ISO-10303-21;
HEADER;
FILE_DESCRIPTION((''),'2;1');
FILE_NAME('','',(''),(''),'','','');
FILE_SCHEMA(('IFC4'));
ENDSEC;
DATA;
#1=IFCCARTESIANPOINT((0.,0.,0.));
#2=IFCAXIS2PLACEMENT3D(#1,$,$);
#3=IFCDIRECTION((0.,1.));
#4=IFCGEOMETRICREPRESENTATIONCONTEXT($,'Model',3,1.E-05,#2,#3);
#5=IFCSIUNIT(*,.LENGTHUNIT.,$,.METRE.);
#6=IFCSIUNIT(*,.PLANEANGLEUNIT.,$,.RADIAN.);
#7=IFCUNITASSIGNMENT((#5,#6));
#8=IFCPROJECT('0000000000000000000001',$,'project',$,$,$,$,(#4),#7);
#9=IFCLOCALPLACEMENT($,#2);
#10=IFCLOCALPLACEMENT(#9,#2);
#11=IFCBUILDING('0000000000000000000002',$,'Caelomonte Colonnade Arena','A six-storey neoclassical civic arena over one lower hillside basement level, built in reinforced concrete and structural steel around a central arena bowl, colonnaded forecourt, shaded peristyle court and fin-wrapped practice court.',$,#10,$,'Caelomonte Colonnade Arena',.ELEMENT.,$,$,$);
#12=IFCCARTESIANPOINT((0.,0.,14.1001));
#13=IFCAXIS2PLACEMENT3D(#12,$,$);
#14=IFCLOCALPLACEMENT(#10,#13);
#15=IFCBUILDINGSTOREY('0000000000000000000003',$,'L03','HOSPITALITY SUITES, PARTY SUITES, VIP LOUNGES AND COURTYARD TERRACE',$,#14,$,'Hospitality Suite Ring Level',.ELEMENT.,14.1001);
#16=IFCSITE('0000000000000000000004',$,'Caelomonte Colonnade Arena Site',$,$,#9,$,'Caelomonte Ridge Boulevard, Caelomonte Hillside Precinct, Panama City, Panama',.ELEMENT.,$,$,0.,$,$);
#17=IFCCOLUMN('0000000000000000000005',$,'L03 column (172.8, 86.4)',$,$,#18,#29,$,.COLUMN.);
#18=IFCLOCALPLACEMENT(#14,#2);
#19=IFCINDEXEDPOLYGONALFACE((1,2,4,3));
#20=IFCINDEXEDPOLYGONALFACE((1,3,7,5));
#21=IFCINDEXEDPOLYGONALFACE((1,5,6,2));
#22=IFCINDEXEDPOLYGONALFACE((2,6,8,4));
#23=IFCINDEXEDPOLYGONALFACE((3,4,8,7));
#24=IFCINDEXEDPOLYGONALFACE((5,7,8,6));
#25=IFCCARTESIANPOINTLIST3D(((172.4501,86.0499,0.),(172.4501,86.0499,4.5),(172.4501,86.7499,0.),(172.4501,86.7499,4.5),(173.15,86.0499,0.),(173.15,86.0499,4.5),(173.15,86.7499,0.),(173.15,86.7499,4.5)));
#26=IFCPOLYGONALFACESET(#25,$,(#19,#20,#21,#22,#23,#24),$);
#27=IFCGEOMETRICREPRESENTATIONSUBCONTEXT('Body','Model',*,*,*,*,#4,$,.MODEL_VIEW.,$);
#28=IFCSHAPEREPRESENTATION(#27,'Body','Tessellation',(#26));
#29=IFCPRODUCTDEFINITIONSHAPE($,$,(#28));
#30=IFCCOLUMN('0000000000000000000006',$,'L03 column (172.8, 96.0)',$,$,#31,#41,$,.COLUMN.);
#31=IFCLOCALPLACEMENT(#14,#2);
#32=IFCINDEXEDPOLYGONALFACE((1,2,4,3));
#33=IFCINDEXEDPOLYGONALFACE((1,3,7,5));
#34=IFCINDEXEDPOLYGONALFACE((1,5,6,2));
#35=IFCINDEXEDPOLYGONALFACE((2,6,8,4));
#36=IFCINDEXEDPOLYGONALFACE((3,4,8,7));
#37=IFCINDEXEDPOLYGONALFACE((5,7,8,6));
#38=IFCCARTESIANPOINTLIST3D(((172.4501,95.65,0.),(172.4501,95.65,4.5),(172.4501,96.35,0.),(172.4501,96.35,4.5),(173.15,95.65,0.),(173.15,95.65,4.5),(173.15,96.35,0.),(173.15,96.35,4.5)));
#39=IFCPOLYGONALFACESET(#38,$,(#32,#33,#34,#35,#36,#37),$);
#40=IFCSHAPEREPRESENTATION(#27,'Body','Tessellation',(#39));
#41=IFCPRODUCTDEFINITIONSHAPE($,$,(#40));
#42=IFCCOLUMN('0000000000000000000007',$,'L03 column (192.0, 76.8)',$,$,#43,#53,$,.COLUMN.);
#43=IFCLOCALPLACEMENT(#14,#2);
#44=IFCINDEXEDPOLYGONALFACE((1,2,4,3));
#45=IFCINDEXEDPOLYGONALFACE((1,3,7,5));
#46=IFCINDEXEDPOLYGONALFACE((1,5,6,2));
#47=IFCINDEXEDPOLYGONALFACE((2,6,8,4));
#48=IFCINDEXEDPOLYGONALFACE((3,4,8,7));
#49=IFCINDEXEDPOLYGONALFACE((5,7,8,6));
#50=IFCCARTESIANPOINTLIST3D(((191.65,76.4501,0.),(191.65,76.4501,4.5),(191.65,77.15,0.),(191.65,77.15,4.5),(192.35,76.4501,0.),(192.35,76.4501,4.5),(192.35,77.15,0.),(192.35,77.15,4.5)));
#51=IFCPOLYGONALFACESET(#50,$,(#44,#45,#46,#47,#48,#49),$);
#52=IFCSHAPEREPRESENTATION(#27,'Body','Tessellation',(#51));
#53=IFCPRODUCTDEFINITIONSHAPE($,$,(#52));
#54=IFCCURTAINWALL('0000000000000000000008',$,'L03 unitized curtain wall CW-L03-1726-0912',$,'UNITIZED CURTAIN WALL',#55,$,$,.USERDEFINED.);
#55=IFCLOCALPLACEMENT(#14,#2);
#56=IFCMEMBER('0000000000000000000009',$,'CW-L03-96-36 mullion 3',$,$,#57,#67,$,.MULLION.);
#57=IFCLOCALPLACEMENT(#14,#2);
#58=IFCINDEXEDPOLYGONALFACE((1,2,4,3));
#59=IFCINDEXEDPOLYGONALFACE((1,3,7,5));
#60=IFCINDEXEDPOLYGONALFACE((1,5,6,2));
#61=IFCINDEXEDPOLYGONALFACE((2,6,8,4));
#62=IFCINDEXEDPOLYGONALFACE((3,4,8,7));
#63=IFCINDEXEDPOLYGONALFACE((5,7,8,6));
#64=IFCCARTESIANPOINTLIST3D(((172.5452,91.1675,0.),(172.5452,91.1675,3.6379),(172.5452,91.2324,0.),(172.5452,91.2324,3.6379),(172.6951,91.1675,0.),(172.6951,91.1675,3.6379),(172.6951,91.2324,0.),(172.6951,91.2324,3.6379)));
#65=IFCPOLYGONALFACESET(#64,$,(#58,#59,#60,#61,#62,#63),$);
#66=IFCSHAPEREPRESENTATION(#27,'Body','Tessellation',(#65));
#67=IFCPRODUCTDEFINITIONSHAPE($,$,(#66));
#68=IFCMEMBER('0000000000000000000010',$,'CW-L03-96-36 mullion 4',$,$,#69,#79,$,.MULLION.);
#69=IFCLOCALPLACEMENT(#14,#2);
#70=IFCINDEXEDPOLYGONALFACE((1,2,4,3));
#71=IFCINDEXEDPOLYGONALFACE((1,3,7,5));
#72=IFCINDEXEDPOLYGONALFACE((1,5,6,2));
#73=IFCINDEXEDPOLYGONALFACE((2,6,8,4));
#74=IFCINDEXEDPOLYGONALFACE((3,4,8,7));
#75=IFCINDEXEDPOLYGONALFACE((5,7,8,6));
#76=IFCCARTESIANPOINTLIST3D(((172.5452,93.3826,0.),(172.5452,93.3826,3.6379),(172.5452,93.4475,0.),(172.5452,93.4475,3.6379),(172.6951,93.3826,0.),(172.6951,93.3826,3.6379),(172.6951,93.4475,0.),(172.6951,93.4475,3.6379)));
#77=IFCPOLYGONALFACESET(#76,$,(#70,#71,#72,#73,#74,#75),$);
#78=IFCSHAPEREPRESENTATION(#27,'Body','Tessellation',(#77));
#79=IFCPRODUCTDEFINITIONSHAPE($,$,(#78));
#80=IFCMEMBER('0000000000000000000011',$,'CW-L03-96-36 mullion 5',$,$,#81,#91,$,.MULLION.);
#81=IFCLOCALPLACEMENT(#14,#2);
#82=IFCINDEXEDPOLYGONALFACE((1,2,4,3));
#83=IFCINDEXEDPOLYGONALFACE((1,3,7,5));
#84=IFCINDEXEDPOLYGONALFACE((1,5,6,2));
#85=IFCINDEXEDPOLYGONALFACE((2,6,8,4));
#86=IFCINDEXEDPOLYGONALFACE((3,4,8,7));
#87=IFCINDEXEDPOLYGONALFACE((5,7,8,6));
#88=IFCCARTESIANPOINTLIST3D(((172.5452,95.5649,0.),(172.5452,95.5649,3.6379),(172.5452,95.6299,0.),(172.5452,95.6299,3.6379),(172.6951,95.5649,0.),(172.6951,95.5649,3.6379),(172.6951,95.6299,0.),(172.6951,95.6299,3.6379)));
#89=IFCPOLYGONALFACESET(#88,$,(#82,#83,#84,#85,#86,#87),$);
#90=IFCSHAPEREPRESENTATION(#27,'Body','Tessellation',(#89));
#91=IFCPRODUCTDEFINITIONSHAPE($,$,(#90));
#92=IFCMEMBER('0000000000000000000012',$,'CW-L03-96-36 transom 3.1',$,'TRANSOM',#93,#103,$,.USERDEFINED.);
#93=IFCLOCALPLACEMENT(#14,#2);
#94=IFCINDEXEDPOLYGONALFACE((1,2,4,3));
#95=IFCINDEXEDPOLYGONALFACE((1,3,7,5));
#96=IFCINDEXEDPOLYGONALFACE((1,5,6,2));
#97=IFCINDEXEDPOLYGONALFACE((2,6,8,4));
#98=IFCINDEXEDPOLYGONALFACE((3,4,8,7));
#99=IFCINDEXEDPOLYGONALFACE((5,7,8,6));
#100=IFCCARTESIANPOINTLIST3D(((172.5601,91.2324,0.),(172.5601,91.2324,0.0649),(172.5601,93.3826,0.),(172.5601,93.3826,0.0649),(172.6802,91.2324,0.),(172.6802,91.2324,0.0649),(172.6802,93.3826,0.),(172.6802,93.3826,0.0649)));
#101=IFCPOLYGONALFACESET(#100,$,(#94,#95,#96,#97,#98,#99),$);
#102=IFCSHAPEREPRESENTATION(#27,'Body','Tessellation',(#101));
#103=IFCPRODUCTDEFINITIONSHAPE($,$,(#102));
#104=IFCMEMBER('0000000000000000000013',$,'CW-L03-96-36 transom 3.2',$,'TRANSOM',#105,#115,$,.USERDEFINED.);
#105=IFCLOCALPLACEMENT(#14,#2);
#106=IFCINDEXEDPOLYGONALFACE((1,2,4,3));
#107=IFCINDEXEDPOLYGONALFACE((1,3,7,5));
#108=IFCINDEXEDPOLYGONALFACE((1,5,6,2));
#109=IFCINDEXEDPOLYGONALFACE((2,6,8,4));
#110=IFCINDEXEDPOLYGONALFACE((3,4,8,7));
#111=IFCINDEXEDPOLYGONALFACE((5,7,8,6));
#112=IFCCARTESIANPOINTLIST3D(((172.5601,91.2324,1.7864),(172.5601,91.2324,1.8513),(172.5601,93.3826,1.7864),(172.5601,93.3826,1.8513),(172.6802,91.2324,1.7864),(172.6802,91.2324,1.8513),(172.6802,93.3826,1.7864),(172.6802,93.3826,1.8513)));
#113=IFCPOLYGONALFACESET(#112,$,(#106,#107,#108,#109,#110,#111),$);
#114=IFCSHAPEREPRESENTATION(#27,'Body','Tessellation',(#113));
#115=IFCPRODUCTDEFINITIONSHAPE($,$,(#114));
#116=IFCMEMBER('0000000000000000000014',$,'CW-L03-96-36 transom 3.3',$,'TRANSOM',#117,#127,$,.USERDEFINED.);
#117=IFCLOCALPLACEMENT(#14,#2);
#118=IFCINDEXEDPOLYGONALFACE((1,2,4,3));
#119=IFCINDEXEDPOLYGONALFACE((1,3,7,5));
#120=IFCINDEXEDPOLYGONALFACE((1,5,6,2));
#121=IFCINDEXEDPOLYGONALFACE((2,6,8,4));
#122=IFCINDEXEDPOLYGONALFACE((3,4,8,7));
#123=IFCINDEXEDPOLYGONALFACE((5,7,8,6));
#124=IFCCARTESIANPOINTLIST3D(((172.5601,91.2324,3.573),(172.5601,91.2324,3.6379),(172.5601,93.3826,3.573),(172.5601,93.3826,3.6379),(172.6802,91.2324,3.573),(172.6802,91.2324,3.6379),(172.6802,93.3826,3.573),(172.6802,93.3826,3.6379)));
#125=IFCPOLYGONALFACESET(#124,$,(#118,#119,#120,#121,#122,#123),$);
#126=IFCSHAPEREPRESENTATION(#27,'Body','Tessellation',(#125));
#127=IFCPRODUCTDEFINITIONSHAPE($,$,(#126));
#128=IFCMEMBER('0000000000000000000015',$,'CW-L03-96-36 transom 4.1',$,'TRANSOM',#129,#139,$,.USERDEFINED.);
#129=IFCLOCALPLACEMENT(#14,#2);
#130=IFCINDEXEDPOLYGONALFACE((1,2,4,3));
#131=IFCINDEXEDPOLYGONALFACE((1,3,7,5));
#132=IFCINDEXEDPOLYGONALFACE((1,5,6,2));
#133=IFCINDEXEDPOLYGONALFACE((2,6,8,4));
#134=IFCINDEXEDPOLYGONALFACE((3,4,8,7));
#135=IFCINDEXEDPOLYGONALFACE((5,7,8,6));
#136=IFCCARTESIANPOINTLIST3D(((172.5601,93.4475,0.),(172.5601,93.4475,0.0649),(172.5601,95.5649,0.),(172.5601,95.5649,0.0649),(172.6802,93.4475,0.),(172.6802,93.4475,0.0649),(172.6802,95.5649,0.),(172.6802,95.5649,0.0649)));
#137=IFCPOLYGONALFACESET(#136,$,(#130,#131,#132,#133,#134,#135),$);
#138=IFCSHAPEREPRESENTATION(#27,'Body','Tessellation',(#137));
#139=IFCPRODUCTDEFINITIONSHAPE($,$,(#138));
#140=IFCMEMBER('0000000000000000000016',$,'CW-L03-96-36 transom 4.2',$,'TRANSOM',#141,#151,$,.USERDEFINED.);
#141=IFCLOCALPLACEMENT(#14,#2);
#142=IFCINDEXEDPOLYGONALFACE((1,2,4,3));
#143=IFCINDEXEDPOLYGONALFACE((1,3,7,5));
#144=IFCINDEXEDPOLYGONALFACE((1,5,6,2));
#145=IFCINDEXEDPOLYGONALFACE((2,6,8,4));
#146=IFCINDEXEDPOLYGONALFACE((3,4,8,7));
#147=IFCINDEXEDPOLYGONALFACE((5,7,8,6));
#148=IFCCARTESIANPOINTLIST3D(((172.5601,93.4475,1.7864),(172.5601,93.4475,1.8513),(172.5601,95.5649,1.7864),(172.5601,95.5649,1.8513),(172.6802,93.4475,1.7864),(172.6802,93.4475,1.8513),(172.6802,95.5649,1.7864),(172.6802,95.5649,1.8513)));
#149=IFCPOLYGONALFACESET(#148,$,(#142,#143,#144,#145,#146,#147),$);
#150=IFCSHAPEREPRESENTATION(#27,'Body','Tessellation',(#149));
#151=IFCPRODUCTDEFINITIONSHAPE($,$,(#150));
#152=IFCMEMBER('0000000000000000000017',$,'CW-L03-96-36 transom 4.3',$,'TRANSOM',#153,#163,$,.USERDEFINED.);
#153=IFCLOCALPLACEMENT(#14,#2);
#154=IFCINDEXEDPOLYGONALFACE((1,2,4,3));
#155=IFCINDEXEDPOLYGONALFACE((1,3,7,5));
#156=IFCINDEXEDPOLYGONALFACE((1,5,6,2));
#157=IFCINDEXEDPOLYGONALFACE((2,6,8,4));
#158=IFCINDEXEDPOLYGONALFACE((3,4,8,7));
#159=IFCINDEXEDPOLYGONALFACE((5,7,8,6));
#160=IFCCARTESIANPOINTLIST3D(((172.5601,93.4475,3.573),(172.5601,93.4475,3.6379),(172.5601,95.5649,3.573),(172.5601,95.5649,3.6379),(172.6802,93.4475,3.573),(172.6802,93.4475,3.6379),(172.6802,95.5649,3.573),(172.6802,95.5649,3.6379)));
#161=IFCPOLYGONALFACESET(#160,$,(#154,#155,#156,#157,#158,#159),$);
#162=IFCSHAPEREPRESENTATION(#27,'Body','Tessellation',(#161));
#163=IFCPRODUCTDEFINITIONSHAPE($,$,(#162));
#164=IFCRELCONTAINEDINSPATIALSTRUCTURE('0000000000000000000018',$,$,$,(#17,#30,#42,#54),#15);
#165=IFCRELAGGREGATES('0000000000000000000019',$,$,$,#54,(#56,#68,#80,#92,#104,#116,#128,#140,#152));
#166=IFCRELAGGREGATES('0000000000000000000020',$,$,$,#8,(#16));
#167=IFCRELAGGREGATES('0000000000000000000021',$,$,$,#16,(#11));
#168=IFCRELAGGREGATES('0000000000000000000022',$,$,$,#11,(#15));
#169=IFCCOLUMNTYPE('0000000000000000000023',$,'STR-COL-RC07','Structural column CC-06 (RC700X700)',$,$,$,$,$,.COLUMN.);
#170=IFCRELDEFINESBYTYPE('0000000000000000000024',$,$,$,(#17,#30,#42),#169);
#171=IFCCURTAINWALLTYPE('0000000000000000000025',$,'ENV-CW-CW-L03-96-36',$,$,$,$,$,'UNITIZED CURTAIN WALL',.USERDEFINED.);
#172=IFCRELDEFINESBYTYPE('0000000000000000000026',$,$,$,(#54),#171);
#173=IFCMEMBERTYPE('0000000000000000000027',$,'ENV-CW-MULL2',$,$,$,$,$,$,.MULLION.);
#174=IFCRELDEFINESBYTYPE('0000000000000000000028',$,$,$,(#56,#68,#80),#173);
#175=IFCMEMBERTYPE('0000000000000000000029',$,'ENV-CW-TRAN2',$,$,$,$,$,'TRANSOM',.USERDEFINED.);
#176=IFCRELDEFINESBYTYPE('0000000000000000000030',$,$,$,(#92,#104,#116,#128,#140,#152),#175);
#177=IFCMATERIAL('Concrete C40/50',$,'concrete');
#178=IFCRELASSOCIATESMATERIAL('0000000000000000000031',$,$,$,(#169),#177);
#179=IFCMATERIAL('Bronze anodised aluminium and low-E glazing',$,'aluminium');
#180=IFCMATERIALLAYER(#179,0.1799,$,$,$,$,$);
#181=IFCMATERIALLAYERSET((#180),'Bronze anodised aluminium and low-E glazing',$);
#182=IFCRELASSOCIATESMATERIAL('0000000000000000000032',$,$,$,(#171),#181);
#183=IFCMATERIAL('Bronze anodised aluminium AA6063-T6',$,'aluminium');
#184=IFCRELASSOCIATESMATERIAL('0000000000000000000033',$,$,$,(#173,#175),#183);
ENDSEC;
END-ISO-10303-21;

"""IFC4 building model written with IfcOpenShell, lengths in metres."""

from ifc_helpers import new_model, si_unit, direction, frame, origin, origin_2d, place, context, subcontext, project, spatial, rectangle, extrude, material, layer, layer_set, material_profile, profile_set, type_object, element, aggregate, save


model = new_model("IFC4")

# Units and contexts
model_context = context("Model", 3, precision=1e-05, world=origin(), true_north=direction((0.0, 1.0)))
body_context = subcontext(model_context, "Body", "Model", "MODEL_VIEW")
ifc_project = project(units=[si_unit("LENGTHUNIT", "METRE"), si_unit("PLANEANGLEUNIT", "RADIAN")], contexts=[model_context])

# Site, building, storey
site_placement = place(None, origin())
site = spatial("IfcSite", under=ifc_project, at=site_placement, Name="Caelomonte Colonnade Arena Site", LongName="Caelomonte Ridge Boulevard, Caelomonte Hillside Precinct, Panama City, Panama", CompositionType="ELEMENT", RefElevation=0.0)
building_placement = place(site_placement, origin())
building = spatial("IfcBuilding", under=site, at=building_placement, Name="Caelomonte Colonnade Arena", Description="A six-storey neoclassical civic arena over one lower hillside basement level, built in reinforced concrete and structural steel around a central arena bowl, colonnaded forecourt, shaded peristyle court and fin-wrapped practice court.", LongName="Caelomonte Colonnade Arena", CompositionType="ELEMENT")
storey_placement = place(building_placement, frame((0.0, 0.0, 14.1001)))
storey = spatial("IfcBuildingStorey", under=building, at=storey_placement, Name="L03", Description="HOSPITALITY SUITES, PARTY SUITES, VIP LOUNGES AND COURTYARD TERRACE", LongName="Hospitality Suite Ring Level", CompositionType="ELEMENT", Elevation=14.1001)

# Columns
ifc_material_1 = material(Name="Concrete C40/50", Category="concrete")
ifc_material_profile_1 = material_profile(ifc_material_1, rectangle(XDim=0.7, YDim=0.7, at=origin_2d()), Name="RC700X700")
ifc_profile_set_1 = profile_set([ifc_material_profile_1], Name="Concrete C40/50")
column_type = type_object("IfcColumnType", Name="STR-COL-RC07", Description="Structural column CC-06 (RC700X700)", PredefinedType="COLUMN", material=ifc_profile_set_1)
for number, where, z_axis, x_axis, name in (
    (1, (172.8, 86.3999, 0.0), (0.0, 0.0, 1.0), (1.0, 0.0, 0.0), "L03 column (172.8, 86.4)"),
    (2, (172.8, 96.0, 0.0), (0.0, 0.0, 1.0), (1.0, 0.0, 0.0), "L03 column (172.8, 96.0)"),
    (3, (192.0, 76.8, 0.0), (0.0, 0.0, 1.0), (1.0, 0.0, 0.0), "L03 column (192.0, 76.8)"),
):
    element("IfcColumn", number, at=place(storey_placement, frame(where, z_axis=z_axis, x_axis=x_axis)), inside=storey, type_object=column_type, Name=name, PredefinedType="COLUMN", context=body_context, shape_type="SweptSolid", body=[
        extrude(rectangle(XDim=0.7, YDim=0.7, at=origin_2d()), origin(), (0.0, 0.0, 1.0), 4.5),
    ])

# Curtain wall, members
ifc_material_2 = material(Name="Bronze anodised aluminium and low-E glazing", Category="aluminium")
ifc_layer_1 = layer(ifc_material_2, 0.1799)
ifc_layer_set_1 = layer_set([ifc_layer_1], Name="Bronze anodised aluminium and low-E glazing")
curtain_wall_type = type_object("IfcCurtainWallType", Name="ENV-CW-CW-L03-96-36", ElementType="UNITIZED CURTAIN WALL", PredefinedType="USERDEFINED", material=ifc_layer_set_1)
curtain_wall_placement = place(storey_placement, origin())
curtain_wall = element("IfcCurtainWall", 4, at=curtain_wall_placement, inside=storey, type_object=curtain_wall_type, Name="L03 unitized curtain wall CW-L03-1726-0912", ObjectType="UNITIZED CURTAIN WALL", PredefinedType="USERDEFINED")
ifc_material_3 = material(Name="Bronze anodised aluminium AA6063-T6", Category="aluminium")
ifc_material_profile_2 = material_profile(ifc_material_3, rectangle(XDim=0.0649, YDim=0.1499, at=origin_2d()), Name="CWM-65X150")
ifc_profile_set_2 = profile_set([ifc_material_profile_2], Name="Bronze anodised aluminium AA6063-T6")
member_type_1 = type_object("IfcMemberType", Name="ENV-CW-MULL2", PredefinedType="MULLION", material=ifc_profile_set_2)
member_1_placement = place(storey_placement, frame((172.6201, 91.2, 0.0), z_axis=(0.0, 0.0, 1.0), x_axis=(0.0, 1.0, 0.0)))
member_1 = element("IfcMember", 5, at=member_1_placement, type_object=member_type_1, Name="CW-L03-96-36 mullion 3", PredefinedType="MULLION", context=body_context, shape_type="SweptSolid", body=[
    extrude(rectangle(XDim=0.0649, YDim=0.1499, at=origin_2d()), origin(), (0.0, 0.0, 1.0), 3.6379),
])
member_2_placement = place(storey_placement, frame((172.6201, 93.415, 0.0), z_axis=(0.0, 0.0, 1.0), x_axis=(0.0, 1.0, 0.0)))
member_2 = element("IfcMember", 6, at=member_2_placement, type_object=member_type_1, Name="CW-L03-96-36 mullion 4", PredefinedType="MULLION", context=body_context, shape_type="SweptSolid", body=[
    extrude(rectangle(XDim=0.0649, YDim=0.1499, at=origin_2d()), origin(), (0.0, 0.0, 1.0), 3.6379),
])
member_3_placement = place(storey_placement, frame((172.6201, 95.5974, 0.0), z_axis=(0.0, 0.0, 1.0), x_axis=(0.0, 1.0, 0.0)))
member_3 = element("IfcMember", 7, at=member_3_placement, type_object=member_type_1, Name="CW-L03-96-36 mullion 5", PredefinedType="MULLION", context=body_context, shape_type="SweptSolid", body=[
    extrude(rectangle(XDim=0.0649, YDim=0.1499, at=origin_2d()), origin(), (0.0, 0.0, 1.0), 3.6379),
])
ifc_material_profile_3 = material_profile(ifc_material_3, rectangle(XDim=0.0649, YDim=0.1201, at=origin_2d()), Name="CWT-65X120")
ifc_profile_set_3 = profile_set([ifc_material_profile_3], Name="Bronze anodised aluminium AA6063-T6")
member_type_2 = type_object("IfcMemberType", Name="ENV-CW-TRAN2", ElementType="TRANSOM", PredefinedType="USERDEFINED", material=ifc_profile_set_3)
member_4_placement = place(storey_placement, frame((172.6201, 91.2324, 0.0325), z_axis=(0.0, 1.0, 0.0), x_axis=(0.0, 0.0, 1.0)))
member_4 = element("IfcMember", 8, at=member_4_placement, type_object=member_type_2, Name="CW-L03-96-36 transom 3.1", ObjectType="TRANSOM", PredefinedType="USERDEFINED", context=body_context, shape_type="SweptSolid", body=[
    extrude(rectangle(XDim=0.0649, YDim=0.1201, at=origin_2d()), origin(), (0.0, 0.0, 1.0), 2.1501),
])
member_5_placement = place(storey_placement, frame((172.6201, 91.2324, 1.8188), z_axis=(0.0, 1.0, 0.0), x_axis=(0.0, 0.0, 1.0)))
member_5 = element("IfcMember", 9, at=member_5_placement, type_object=member_type_2, Name="CW-L03-96-36 transom 3.2", ObjectType="TRANSOM", PredefinedType="USERDEFINED", context=body_context, shape_type="SweptSolid", body=[
    extrude(rectangle(XDim=0.0649, YDim=0.1201, at=origin_2d()), origin(), (0.0, 0.0, 1.0), 2.1501),
])
member_6_placement = place(storey_placement, frame((172.6201, 91.2324, 3.6055), z_axis=(0.0, 1.0, 0.0), x_axis=(0.0, 0.0, 1.0)))
member_6 = element("IfcMember", 10, at=member_6_placement, type_object=member_type_2, Name="CW-L03-96-36 transom 3.3", ObjectType="TRANSOM", PredefinedType="USERDEFINED", context=body_context, shape_type="SweptSolid", body=[
    extrude(rectangle(XDim=0.0649, YDim=0.1201, at=origin_2d()), origin(), (0.0, 0.0, 1.0), 2.1501),
])
member_7_placement = place(storey_placement, frame((172.6201, 93.4475, 0.0325), z_axis=(0.0, 1.0, 0.0), x_axis=(0.0, 0.0, 1.0)))
member_7 = element("IfcMember", 11, at=member_7_placement, type_object=member_type_2, Name="CW-L03-96-36 transom 4.1", ObjectType="TRANSOM", PredefinedType="USERDEFINED", context=body_context, shape_type="SweptSolid", body=[
    extrude(rectangle(XDim=0.0649, YDim=0.1201, at=origin_2d()), origin(), (0.0, 0.0, 1.0), 2.1174),
])
member_8_placement = place(storey_placement, frame((172.6201, 93.4475, 1.8188), z_axis=(0.0, 1.0, 0.0), x_axis=(0.0, 0.0, 1.0)))
member_8 = element("IfcMember", 12, at=member_8_placement, type_object=member_type_2, Name="CW-L03-96-36 transom 4.2", ObjectType="TRANSOM", PredefinedType="USERDEFINED", context=body_context, shape_type="SweptSolid", body=[
    extrude(rectangle(XDim=0.0649, YDim=0.1201, at=origin_2d()), origin(), (0.0, 0.0, 1.0), 2.1174),
])
member_9_placement = place(storey_placement, frame((172.6201, 93.4475, 3.6055), z_axis=(0.0, 1.0, 0.0), x_axis=(0.0, 0.0, 1.0)))
member_9 = element("IfcMember", 13, at=member_9_placement, type_object=member_type_2, Name="CW-L03-96-36 transom 4.3", ObjectType="TRANSOM", PredefinedType="USERDEFINED", context=body_context, shape_type="SweptSolid", body=[
    extrude(rectangle(XDim=0.0649, YDim=0.1201, at=origin_2d()), origin(), (0.0, 0.0, 1.0), 2.1174),
])

aggregate(curtain_wall, [member_1, member_2, member_3, member_4, member_5, member_6, member_7, member_8, member_9])

save(model, "model.ifc")
